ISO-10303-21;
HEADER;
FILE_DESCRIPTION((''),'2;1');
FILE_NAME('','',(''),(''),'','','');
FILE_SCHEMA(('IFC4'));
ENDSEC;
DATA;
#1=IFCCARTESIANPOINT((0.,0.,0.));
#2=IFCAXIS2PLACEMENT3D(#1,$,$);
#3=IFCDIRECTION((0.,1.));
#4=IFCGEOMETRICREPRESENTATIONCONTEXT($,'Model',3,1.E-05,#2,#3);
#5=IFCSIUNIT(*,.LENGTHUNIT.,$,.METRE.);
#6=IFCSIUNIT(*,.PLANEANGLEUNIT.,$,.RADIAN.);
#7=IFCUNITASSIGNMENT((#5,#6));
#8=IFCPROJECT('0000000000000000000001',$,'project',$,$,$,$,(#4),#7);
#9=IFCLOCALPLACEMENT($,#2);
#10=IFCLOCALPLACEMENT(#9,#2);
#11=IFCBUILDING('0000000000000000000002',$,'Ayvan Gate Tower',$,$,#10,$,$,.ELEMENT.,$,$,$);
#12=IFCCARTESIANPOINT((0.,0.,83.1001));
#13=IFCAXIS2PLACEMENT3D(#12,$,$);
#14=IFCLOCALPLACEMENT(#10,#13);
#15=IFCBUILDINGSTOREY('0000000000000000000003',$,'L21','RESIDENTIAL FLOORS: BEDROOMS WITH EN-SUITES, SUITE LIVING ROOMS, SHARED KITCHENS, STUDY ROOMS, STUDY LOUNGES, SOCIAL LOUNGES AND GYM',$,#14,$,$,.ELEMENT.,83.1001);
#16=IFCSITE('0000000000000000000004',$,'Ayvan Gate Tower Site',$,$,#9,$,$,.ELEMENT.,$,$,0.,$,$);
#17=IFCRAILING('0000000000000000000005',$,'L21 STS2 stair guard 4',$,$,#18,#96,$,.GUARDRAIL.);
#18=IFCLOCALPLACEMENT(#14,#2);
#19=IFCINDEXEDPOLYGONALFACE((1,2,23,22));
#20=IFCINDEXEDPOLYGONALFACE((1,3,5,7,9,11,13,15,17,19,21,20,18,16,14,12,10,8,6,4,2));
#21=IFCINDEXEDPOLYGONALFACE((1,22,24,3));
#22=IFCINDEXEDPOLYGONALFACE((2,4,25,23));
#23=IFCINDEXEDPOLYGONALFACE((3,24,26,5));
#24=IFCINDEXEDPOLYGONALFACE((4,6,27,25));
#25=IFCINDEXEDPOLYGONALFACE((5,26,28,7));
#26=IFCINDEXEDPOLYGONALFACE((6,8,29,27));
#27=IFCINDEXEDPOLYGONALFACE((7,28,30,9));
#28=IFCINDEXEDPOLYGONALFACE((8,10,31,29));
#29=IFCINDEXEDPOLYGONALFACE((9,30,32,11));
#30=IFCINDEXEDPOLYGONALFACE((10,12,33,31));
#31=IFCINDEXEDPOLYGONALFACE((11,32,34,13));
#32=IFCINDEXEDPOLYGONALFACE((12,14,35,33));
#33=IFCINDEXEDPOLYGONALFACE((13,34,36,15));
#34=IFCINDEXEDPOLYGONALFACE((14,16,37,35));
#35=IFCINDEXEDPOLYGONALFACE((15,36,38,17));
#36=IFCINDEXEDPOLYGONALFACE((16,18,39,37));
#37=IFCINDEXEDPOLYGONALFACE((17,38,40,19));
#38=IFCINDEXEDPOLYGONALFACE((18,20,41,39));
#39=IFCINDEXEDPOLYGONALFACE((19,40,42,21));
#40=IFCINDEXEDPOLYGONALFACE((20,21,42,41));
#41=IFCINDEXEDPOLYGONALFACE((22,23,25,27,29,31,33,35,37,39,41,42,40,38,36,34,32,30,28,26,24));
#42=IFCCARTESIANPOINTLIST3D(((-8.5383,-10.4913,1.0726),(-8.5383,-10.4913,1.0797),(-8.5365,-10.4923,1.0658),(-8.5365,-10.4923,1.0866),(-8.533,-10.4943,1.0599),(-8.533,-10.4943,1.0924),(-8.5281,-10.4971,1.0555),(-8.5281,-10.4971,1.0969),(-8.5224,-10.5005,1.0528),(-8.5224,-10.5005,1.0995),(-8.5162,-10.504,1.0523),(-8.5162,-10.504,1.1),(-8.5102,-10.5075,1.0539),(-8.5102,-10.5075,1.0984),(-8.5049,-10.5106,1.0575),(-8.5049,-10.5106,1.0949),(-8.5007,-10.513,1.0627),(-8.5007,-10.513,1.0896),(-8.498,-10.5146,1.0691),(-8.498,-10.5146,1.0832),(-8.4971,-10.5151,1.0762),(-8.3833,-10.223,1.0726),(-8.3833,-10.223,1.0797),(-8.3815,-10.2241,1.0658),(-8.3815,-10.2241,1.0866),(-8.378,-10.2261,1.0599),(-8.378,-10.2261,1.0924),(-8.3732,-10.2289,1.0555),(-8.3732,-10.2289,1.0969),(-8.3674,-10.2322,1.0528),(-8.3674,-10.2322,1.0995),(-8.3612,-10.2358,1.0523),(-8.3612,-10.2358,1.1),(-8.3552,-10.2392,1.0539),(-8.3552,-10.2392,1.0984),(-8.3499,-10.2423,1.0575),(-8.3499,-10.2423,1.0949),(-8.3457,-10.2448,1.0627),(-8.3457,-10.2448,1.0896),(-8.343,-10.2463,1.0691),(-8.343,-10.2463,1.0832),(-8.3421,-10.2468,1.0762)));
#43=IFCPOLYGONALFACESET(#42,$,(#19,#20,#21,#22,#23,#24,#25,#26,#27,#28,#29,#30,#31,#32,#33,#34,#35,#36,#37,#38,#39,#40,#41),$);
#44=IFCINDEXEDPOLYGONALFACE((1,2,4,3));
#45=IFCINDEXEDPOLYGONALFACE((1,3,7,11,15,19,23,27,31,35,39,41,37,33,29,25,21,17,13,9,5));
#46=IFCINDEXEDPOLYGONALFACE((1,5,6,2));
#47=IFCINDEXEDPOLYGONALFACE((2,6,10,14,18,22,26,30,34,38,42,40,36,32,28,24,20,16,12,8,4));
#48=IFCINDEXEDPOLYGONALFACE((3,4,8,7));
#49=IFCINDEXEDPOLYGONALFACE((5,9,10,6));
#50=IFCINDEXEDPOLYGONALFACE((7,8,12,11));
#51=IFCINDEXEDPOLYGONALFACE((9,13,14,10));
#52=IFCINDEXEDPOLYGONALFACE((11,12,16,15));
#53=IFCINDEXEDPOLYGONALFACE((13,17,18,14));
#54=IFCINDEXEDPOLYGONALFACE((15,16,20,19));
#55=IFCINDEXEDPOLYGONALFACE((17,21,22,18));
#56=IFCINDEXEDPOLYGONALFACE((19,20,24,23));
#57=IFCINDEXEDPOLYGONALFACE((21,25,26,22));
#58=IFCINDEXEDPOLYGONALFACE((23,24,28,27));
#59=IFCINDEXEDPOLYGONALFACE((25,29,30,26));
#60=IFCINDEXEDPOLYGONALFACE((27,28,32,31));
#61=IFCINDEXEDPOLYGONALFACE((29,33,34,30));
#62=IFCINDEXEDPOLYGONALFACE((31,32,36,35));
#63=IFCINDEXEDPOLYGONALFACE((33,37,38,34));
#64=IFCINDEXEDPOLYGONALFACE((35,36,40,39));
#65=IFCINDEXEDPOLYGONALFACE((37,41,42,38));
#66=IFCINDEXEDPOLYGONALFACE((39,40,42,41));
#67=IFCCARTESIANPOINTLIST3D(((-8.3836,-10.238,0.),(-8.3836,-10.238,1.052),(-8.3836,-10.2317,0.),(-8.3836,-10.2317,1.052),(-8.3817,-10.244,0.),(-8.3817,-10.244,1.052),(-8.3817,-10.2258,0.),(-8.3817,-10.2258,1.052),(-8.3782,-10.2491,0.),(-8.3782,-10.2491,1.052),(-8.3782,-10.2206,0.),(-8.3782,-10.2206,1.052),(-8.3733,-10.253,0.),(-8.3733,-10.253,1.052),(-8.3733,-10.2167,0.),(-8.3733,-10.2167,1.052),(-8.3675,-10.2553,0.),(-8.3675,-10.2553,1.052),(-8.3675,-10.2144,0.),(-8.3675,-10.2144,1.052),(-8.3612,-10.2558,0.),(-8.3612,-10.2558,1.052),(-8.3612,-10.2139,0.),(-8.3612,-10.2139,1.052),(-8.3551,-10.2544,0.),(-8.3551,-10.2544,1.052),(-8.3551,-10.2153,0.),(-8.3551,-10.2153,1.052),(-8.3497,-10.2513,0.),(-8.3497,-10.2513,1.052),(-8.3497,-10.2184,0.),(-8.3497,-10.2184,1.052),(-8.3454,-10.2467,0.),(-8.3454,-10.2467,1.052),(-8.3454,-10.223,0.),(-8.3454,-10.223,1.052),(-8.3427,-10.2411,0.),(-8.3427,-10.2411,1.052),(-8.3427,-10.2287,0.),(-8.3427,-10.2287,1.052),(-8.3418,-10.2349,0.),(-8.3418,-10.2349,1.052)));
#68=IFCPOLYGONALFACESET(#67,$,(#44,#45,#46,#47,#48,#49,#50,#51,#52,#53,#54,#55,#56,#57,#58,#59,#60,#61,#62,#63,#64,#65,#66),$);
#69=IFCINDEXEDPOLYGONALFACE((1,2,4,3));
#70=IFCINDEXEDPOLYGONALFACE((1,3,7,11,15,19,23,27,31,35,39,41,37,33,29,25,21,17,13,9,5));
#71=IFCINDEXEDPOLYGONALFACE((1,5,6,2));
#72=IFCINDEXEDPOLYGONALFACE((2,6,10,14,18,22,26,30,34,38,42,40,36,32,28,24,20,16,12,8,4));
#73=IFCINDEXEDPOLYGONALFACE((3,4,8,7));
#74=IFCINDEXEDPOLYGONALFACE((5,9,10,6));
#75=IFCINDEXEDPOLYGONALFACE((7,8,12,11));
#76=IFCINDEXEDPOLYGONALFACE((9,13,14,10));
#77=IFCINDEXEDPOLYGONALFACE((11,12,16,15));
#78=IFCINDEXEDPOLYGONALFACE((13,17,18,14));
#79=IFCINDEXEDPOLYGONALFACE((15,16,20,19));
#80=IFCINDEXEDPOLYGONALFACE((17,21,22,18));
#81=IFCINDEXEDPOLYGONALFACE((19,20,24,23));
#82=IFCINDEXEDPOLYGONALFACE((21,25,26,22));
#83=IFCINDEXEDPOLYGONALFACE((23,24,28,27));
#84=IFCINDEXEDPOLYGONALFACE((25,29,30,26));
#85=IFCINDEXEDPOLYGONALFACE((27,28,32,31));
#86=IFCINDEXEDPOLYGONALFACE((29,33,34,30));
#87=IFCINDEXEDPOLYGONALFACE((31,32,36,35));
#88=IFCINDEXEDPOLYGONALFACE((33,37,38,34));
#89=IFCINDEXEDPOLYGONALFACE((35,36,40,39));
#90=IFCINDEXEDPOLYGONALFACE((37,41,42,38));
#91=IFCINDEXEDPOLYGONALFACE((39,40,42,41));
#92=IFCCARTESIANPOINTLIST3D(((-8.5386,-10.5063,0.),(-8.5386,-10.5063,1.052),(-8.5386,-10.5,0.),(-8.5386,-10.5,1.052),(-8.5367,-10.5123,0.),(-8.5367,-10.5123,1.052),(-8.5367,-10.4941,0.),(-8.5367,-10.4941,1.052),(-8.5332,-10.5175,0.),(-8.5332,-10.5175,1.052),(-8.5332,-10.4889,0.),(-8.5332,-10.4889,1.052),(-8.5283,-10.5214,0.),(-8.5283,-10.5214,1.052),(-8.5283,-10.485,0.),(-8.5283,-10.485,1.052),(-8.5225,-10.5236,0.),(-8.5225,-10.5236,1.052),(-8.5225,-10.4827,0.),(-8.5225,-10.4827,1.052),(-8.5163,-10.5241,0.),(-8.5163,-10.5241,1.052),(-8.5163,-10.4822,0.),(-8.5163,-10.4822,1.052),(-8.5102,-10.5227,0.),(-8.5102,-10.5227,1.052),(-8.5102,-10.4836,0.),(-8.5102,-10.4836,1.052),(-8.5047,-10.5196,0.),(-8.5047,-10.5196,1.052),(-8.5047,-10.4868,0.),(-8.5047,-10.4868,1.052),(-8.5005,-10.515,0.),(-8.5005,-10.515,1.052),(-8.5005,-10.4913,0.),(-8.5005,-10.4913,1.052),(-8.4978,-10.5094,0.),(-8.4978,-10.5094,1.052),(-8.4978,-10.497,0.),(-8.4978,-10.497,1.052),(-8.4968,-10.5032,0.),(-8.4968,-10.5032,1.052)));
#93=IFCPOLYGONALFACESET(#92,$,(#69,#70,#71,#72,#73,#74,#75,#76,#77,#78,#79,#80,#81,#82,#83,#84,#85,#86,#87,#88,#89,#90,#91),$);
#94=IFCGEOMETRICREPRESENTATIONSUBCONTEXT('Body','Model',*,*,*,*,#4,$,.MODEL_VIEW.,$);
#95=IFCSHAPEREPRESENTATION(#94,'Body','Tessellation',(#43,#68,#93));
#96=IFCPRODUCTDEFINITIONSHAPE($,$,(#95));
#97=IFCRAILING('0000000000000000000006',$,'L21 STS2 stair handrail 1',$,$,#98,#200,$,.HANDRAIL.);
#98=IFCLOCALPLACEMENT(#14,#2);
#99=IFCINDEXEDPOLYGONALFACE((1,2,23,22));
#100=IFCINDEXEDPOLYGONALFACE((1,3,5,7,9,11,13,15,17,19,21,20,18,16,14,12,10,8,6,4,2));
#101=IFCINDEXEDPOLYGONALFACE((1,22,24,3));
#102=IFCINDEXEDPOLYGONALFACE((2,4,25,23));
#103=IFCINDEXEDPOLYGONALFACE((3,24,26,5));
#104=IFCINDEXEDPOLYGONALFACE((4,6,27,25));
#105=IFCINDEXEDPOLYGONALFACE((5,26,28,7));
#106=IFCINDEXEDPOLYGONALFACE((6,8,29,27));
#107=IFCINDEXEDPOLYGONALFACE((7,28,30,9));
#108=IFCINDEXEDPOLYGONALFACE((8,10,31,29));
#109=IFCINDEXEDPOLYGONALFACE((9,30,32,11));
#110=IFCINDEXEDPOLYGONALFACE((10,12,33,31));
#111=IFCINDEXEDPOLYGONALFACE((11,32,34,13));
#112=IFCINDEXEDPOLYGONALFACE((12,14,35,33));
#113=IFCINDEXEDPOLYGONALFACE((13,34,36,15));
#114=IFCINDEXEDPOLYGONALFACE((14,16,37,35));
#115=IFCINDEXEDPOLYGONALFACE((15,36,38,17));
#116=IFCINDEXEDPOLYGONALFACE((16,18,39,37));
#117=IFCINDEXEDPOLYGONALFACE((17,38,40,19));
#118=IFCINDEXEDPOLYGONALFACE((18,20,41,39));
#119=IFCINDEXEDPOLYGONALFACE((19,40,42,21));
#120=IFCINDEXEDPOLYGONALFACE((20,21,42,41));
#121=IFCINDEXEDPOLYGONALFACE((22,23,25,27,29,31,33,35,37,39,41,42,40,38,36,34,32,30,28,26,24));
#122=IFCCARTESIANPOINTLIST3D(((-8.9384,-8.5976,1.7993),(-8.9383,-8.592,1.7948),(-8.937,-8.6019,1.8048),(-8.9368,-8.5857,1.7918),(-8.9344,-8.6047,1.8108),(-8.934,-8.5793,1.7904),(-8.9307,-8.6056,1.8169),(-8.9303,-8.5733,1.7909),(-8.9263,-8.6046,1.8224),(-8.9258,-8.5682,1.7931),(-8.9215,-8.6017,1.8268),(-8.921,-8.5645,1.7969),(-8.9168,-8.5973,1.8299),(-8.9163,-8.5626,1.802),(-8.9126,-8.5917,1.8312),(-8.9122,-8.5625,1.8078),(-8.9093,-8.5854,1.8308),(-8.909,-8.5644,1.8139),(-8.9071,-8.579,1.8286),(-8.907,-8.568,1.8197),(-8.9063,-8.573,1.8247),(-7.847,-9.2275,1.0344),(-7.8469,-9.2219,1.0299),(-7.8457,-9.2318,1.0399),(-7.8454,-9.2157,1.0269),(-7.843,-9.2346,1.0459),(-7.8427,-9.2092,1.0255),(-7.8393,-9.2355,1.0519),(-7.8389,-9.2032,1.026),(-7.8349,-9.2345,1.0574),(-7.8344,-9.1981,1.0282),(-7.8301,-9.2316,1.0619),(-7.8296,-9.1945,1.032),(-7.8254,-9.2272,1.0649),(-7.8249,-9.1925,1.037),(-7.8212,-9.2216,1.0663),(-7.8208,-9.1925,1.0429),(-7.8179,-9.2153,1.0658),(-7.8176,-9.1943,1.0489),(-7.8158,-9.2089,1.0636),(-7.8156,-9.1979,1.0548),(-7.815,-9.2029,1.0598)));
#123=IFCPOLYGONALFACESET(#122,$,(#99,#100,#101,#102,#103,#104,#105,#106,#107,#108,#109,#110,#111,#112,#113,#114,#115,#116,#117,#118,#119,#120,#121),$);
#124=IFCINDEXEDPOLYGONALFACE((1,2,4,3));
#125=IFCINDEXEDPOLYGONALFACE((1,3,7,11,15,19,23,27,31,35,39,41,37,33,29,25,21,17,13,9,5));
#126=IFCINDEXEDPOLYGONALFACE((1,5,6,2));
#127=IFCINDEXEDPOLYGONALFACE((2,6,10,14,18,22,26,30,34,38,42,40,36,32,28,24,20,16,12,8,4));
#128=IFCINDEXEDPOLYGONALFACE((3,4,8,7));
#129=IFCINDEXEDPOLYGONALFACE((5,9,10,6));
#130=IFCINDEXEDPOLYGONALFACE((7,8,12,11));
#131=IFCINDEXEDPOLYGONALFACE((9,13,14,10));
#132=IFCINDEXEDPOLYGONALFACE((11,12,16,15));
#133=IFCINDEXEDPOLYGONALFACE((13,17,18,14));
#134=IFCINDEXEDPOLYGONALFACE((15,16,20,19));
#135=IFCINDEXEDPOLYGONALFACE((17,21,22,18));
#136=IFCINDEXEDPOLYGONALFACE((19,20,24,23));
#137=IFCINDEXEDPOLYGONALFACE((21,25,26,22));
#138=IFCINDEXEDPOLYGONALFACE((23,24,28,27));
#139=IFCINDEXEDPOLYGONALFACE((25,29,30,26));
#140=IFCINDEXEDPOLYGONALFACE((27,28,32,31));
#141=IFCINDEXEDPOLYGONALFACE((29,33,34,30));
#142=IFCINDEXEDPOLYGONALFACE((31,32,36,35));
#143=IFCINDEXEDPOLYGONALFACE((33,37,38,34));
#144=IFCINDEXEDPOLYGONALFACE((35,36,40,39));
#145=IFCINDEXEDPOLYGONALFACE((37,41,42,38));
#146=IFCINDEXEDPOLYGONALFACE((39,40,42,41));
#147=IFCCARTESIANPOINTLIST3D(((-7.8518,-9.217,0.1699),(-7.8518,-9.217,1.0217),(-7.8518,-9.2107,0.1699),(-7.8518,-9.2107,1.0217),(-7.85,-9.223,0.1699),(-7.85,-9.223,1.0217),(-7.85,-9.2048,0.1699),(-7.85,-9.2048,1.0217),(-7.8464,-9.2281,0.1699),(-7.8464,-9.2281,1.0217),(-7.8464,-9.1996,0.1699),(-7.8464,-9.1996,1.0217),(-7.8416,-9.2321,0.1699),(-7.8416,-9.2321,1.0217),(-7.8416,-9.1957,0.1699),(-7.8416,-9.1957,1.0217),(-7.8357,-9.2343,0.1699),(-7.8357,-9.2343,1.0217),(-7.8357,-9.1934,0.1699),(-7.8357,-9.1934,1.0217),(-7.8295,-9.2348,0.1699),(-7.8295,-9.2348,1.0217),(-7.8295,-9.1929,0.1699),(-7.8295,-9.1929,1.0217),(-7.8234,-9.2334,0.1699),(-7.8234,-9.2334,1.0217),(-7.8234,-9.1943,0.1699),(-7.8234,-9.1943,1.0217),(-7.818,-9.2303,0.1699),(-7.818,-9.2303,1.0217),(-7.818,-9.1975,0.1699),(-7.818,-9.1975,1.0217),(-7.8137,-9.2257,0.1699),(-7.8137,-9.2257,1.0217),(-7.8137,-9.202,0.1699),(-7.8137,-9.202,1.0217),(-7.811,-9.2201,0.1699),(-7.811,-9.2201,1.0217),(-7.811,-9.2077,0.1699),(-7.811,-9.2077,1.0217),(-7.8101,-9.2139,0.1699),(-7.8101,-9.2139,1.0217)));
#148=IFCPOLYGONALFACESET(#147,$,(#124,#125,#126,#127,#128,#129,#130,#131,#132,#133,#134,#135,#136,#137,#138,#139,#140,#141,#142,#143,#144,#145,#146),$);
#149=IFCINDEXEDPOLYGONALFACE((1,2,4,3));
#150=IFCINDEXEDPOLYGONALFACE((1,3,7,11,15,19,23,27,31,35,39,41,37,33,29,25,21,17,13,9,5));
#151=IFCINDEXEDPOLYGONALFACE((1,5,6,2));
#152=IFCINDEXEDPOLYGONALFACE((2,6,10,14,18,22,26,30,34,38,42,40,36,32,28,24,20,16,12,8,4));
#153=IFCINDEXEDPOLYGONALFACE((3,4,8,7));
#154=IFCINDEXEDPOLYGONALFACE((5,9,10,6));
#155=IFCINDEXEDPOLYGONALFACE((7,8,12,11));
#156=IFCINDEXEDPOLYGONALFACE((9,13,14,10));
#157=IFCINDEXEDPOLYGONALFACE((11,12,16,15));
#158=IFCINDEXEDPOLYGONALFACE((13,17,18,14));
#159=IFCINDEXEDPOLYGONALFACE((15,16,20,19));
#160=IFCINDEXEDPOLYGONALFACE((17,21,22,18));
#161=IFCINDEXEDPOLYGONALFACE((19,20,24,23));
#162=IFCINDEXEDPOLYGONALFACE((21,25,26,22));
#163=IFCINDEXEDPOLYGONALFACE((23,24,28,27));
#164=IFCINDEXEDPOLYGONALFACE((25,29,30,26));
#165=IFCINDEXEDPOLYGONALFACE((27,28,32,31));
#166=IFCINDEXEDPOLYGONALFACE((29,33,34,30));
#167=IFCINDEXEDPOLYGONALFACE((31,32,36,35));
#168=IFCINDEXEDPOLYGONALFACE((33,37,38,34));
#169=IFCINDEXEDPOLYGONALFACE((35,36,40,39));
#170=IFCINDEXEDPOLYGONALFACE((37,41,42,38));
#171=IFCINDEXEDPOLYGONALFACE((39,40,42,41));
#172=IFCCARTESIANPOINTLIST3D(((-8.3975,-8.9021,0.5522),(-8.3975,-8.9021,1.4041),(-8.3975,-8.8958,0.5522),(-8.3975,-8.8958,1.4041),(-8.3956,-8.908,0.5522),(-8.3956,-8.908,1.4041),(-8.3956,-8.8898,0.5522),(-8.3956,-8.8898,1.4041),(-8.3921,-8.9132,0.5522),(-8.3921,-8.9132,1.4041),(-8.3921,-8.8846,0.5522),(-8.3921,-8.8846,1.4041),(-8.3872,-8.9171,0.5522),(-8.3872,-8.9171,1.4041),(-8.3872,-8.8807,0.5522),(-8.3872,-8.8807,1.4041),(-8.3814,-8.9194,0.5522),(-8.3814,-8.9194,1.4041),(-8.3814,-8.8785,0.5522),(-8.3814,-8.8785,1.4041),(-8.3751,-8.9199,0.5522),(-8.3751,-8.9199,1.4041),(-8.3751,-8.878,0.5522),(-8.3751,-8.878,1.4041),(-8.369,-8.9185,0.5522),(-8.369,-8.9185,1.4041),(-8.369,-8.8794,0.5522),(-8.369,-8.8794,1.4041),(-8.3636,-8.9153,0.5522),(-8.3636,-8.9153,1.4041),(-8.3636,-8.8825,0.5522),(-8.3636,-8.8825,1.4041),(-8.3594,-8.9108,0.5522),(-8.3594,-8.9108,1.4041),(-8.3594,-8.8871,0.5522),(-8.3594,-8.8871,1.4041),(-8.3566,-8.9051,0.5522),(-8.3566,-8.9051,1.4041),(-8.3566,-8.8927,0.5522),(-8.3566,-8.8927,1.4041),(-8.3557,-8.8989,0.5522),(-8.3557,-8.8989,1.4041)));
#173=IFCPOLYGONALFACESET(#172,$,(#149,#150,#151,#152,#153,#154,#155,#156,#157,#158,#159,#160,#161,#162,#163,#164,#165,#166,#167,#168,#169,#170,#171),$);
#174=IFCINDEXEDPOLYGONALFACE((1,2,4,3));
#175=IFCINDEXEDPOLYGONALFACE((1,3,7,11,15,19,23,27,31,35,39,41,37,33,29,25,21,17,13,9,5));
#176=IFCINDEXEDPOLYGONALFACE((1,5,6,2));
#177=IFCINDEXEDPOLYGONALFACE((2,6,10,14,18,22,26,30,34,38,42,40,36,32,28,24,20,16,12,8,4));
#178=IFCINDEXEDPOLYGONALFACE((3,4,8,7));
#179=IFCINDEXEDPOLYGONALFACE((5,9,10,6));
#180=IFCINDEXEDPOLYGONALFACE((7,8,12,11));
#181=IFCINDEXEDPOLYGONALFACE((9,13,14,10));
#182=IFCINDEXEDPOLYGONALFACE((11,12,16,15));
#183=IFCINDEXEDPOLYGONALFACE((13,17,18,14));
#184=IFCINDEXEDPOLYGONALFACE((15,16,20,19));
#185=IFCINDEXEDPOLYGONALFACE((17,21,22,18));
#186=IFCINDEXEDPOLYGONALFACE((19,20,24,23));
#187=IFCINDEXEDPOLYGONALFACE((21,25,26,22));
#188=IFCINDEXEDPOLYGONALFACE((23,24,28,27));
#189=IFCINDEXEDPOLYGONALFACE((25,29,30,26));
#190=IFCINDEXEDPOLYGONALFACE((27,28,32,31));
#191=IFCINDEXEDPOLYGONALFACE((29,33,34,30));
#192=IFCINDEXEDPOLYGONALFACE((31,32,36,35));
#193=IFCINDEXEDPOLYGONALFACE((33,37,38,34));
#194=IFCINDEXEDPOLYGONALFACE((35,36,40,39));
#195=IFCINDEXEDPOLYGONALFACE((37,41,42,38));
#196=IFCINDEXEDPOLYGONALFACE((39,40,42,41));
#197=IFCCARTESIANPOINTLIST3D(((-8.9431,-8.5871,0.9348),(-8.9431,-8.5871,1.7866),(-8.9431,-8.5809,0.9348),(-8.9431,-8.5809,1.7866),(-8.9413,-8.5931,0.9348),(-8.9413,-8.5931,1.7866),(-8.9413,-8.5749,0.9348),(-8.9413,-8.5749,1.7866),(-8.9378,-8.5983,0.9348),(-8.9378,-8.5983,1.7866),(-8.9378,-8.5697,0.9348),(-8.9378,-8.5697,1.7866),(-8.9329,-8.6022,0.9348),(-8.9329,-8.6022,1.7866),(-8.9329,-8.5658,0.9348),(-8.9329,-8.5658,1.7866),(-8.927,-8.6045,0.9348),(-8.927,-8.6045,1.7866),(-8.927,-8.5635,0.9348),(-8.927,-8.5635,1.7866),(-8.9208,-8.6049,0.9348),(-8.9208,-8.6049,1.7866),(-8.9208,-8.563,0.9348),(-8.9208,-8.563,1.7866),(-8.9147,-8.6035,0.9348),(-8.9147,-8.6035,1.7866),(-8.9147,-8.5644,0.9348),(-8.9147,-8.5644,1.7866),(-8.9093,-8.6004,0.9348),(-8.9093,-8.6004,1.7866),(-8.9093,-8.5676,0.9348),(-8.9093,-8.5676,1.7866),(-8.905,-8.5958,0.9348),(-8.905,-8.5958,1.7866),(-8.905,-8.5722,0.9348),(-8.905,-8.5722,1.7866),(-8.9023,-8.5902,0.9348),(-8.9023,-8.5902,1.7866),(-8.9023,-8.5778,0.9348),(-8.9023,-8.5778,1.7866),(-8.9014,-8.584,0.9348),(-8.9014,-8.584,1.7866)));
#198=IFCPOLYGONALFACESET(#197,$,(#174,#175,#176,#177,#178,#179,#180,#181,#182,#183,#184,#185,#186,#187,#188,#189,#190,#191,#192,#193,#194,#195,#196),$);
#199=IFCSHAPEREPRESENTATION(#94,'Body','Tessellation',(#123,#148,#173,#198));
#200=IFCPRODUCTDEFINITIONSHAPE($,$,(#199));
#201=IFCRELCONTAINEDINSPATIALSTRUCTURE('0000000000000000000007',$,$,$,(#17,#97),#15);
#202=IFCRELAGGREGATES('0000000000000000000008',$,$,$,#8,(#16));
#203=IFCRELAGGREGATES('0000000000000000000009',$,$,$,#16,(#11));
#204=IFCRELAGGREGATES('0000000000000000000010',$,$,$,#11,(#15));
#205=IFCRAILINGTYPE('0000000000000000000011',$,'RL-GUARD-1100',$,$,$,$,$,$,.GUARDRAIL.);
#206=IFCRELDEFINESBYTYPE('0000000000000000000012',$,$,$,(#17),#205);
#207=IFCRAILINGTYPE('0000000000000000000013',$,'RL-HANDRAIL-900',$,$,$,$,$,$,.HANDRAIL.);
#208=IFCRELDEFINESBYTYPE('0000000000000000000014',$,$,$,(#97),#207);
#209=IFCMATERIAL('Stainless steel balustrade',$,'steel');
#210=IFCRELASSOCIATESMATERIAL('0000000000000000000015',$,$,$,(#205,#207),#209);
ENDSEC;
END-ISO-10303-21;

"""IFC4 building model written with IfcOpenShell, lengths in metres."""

from ifc_helpers import new_model, si_unit, direction, frame, origin, origin_2d, place, context, subcontext, project, spatial, circle, extrude, material, type_object, element, save


model = new_model("IFC4")

# Units and contexts
model_context = context("Model", 3, precision=1e-05, world=origin(), true_north=direction((0.0, 1.0)))
body_context = subcontext(model_context, "Body", "Model", "MODEL_VIEW")
ifc_project = project(units=[si_unit("LENGTHUNIT", "METRE"), si_unit("PLANEANGLEUNIT", "RADIAN")], contexts=[model_context])

# Site, building, storey
site_placement = place(None, origin())
site = spatial("IfcSite", under=ifc_project, at=site_placement, Name="Ayvan Gate Tower Site", CompositionType="ELEMENT", RefElevation=0.0)
building_placement = place(site_placement, origin())
building = spatial("IfcBuilding", under=site, at=building_placement, Name="Ayvan Gate Tower", CompositionType="ELEMENT")
storey_placement = place(building_placement, frame((0.0, 0.0, 83.1001)))
storey = spatial("IfcBuildingStorey", under=building, at=storey_placement, Name="L21", Description="RESIDENTIAL FLOORS: BEDROOMS WITH EN-SUITES, SUITE LIVING ROOMS, SHARED KITCHENS, STUDY ROOMS, STUDY LOUNGES, SOCIAL LOUNGES AND GYM", CompositionType="ELEMENT", Elevation=83.1001)

# Railings
ifc_material_1 = material(Name="Stainless steel balustrade", Category="steel")
railing_type_1 = type_object("IfcRailingType", Name="RL-GUARD-1100", PredefinedType="GUARDRAIL", material=ifc_material_1)
railing_1_placement = place(storey_placement, frame((-8.3628, -10.2349, 0.0)))
element("IfcRailing", 1, at=railing_1_placement, inside=storey, type_object=railing_type_1, Name="L21 STS2 stair guard 4", PredefinedType="GUARDRAIL", context=body_context, shape_type="SweptSolid", body=[
    extrude(circle(Radius=0.0239, at=origin_2d()), frame((0.0, 0.0, 1.0762), z_axis=(-0.500291, -0.865857, 0.0), x_axis=(0.865857, -0.500291, 0.0)), (0.0, 0.0, 1.0), 0.3098),
    extrude(circle(Radius=0.021, at=origin_2d()), origin(), (0.0, 0.0, 1.0), 1.052),
    extrude(circle(Radius=0.021, at=origin_2d()), frame((-0.155, -0.2683, 0.0)), (0.0, 0.0, 1.0), 1.052),
])
railing_type_2 = type_object("IfcRailingType", Name="RL-HANDRAIL-900", PredefinedType="HANDRAIL", material=ifc_material_1)
railing_2_placement = place(storey_placement, frame((-7.8311, -9.2139, 0.1699)))
element("IfcRailing", 2, at=railing_2_placement, inside=storey, type_object=railing_type_2, Name="L21 STS2 stair handrail 1", PredefinedType="HANDRAIL", context=body_context, shape_type="SweptSolid", body=[
    extrude(circle(Radius=0.0239, at=origin_2d()), frame((0.0, 0.0, 0.876), z_axis=(-0.740357, 0.42732, 0.518912), x_axis=(-0.49989, -0.866089, 0.0)), (0.0, 0.0, 1.0), 1.4741),
    extrude(circle(Radius=0.021, at=origin_2d()), origin(), (0.0, 0.0, 1.0), 0.8518),
    extrude(circle(Radius=0.021, at=origin_2d()), frame((-0.5457, 0.3149, 0.3823)), (0.0, 0.0, 1.0), 0.8518),
    extrude(circle(Radius=0.021, at=origin_2d()), frame((-1.0913, 0.6299, 0.7649)), (0.0, 0.0, 1.0), 0.8518),
])

save(model, "model.ifc")
